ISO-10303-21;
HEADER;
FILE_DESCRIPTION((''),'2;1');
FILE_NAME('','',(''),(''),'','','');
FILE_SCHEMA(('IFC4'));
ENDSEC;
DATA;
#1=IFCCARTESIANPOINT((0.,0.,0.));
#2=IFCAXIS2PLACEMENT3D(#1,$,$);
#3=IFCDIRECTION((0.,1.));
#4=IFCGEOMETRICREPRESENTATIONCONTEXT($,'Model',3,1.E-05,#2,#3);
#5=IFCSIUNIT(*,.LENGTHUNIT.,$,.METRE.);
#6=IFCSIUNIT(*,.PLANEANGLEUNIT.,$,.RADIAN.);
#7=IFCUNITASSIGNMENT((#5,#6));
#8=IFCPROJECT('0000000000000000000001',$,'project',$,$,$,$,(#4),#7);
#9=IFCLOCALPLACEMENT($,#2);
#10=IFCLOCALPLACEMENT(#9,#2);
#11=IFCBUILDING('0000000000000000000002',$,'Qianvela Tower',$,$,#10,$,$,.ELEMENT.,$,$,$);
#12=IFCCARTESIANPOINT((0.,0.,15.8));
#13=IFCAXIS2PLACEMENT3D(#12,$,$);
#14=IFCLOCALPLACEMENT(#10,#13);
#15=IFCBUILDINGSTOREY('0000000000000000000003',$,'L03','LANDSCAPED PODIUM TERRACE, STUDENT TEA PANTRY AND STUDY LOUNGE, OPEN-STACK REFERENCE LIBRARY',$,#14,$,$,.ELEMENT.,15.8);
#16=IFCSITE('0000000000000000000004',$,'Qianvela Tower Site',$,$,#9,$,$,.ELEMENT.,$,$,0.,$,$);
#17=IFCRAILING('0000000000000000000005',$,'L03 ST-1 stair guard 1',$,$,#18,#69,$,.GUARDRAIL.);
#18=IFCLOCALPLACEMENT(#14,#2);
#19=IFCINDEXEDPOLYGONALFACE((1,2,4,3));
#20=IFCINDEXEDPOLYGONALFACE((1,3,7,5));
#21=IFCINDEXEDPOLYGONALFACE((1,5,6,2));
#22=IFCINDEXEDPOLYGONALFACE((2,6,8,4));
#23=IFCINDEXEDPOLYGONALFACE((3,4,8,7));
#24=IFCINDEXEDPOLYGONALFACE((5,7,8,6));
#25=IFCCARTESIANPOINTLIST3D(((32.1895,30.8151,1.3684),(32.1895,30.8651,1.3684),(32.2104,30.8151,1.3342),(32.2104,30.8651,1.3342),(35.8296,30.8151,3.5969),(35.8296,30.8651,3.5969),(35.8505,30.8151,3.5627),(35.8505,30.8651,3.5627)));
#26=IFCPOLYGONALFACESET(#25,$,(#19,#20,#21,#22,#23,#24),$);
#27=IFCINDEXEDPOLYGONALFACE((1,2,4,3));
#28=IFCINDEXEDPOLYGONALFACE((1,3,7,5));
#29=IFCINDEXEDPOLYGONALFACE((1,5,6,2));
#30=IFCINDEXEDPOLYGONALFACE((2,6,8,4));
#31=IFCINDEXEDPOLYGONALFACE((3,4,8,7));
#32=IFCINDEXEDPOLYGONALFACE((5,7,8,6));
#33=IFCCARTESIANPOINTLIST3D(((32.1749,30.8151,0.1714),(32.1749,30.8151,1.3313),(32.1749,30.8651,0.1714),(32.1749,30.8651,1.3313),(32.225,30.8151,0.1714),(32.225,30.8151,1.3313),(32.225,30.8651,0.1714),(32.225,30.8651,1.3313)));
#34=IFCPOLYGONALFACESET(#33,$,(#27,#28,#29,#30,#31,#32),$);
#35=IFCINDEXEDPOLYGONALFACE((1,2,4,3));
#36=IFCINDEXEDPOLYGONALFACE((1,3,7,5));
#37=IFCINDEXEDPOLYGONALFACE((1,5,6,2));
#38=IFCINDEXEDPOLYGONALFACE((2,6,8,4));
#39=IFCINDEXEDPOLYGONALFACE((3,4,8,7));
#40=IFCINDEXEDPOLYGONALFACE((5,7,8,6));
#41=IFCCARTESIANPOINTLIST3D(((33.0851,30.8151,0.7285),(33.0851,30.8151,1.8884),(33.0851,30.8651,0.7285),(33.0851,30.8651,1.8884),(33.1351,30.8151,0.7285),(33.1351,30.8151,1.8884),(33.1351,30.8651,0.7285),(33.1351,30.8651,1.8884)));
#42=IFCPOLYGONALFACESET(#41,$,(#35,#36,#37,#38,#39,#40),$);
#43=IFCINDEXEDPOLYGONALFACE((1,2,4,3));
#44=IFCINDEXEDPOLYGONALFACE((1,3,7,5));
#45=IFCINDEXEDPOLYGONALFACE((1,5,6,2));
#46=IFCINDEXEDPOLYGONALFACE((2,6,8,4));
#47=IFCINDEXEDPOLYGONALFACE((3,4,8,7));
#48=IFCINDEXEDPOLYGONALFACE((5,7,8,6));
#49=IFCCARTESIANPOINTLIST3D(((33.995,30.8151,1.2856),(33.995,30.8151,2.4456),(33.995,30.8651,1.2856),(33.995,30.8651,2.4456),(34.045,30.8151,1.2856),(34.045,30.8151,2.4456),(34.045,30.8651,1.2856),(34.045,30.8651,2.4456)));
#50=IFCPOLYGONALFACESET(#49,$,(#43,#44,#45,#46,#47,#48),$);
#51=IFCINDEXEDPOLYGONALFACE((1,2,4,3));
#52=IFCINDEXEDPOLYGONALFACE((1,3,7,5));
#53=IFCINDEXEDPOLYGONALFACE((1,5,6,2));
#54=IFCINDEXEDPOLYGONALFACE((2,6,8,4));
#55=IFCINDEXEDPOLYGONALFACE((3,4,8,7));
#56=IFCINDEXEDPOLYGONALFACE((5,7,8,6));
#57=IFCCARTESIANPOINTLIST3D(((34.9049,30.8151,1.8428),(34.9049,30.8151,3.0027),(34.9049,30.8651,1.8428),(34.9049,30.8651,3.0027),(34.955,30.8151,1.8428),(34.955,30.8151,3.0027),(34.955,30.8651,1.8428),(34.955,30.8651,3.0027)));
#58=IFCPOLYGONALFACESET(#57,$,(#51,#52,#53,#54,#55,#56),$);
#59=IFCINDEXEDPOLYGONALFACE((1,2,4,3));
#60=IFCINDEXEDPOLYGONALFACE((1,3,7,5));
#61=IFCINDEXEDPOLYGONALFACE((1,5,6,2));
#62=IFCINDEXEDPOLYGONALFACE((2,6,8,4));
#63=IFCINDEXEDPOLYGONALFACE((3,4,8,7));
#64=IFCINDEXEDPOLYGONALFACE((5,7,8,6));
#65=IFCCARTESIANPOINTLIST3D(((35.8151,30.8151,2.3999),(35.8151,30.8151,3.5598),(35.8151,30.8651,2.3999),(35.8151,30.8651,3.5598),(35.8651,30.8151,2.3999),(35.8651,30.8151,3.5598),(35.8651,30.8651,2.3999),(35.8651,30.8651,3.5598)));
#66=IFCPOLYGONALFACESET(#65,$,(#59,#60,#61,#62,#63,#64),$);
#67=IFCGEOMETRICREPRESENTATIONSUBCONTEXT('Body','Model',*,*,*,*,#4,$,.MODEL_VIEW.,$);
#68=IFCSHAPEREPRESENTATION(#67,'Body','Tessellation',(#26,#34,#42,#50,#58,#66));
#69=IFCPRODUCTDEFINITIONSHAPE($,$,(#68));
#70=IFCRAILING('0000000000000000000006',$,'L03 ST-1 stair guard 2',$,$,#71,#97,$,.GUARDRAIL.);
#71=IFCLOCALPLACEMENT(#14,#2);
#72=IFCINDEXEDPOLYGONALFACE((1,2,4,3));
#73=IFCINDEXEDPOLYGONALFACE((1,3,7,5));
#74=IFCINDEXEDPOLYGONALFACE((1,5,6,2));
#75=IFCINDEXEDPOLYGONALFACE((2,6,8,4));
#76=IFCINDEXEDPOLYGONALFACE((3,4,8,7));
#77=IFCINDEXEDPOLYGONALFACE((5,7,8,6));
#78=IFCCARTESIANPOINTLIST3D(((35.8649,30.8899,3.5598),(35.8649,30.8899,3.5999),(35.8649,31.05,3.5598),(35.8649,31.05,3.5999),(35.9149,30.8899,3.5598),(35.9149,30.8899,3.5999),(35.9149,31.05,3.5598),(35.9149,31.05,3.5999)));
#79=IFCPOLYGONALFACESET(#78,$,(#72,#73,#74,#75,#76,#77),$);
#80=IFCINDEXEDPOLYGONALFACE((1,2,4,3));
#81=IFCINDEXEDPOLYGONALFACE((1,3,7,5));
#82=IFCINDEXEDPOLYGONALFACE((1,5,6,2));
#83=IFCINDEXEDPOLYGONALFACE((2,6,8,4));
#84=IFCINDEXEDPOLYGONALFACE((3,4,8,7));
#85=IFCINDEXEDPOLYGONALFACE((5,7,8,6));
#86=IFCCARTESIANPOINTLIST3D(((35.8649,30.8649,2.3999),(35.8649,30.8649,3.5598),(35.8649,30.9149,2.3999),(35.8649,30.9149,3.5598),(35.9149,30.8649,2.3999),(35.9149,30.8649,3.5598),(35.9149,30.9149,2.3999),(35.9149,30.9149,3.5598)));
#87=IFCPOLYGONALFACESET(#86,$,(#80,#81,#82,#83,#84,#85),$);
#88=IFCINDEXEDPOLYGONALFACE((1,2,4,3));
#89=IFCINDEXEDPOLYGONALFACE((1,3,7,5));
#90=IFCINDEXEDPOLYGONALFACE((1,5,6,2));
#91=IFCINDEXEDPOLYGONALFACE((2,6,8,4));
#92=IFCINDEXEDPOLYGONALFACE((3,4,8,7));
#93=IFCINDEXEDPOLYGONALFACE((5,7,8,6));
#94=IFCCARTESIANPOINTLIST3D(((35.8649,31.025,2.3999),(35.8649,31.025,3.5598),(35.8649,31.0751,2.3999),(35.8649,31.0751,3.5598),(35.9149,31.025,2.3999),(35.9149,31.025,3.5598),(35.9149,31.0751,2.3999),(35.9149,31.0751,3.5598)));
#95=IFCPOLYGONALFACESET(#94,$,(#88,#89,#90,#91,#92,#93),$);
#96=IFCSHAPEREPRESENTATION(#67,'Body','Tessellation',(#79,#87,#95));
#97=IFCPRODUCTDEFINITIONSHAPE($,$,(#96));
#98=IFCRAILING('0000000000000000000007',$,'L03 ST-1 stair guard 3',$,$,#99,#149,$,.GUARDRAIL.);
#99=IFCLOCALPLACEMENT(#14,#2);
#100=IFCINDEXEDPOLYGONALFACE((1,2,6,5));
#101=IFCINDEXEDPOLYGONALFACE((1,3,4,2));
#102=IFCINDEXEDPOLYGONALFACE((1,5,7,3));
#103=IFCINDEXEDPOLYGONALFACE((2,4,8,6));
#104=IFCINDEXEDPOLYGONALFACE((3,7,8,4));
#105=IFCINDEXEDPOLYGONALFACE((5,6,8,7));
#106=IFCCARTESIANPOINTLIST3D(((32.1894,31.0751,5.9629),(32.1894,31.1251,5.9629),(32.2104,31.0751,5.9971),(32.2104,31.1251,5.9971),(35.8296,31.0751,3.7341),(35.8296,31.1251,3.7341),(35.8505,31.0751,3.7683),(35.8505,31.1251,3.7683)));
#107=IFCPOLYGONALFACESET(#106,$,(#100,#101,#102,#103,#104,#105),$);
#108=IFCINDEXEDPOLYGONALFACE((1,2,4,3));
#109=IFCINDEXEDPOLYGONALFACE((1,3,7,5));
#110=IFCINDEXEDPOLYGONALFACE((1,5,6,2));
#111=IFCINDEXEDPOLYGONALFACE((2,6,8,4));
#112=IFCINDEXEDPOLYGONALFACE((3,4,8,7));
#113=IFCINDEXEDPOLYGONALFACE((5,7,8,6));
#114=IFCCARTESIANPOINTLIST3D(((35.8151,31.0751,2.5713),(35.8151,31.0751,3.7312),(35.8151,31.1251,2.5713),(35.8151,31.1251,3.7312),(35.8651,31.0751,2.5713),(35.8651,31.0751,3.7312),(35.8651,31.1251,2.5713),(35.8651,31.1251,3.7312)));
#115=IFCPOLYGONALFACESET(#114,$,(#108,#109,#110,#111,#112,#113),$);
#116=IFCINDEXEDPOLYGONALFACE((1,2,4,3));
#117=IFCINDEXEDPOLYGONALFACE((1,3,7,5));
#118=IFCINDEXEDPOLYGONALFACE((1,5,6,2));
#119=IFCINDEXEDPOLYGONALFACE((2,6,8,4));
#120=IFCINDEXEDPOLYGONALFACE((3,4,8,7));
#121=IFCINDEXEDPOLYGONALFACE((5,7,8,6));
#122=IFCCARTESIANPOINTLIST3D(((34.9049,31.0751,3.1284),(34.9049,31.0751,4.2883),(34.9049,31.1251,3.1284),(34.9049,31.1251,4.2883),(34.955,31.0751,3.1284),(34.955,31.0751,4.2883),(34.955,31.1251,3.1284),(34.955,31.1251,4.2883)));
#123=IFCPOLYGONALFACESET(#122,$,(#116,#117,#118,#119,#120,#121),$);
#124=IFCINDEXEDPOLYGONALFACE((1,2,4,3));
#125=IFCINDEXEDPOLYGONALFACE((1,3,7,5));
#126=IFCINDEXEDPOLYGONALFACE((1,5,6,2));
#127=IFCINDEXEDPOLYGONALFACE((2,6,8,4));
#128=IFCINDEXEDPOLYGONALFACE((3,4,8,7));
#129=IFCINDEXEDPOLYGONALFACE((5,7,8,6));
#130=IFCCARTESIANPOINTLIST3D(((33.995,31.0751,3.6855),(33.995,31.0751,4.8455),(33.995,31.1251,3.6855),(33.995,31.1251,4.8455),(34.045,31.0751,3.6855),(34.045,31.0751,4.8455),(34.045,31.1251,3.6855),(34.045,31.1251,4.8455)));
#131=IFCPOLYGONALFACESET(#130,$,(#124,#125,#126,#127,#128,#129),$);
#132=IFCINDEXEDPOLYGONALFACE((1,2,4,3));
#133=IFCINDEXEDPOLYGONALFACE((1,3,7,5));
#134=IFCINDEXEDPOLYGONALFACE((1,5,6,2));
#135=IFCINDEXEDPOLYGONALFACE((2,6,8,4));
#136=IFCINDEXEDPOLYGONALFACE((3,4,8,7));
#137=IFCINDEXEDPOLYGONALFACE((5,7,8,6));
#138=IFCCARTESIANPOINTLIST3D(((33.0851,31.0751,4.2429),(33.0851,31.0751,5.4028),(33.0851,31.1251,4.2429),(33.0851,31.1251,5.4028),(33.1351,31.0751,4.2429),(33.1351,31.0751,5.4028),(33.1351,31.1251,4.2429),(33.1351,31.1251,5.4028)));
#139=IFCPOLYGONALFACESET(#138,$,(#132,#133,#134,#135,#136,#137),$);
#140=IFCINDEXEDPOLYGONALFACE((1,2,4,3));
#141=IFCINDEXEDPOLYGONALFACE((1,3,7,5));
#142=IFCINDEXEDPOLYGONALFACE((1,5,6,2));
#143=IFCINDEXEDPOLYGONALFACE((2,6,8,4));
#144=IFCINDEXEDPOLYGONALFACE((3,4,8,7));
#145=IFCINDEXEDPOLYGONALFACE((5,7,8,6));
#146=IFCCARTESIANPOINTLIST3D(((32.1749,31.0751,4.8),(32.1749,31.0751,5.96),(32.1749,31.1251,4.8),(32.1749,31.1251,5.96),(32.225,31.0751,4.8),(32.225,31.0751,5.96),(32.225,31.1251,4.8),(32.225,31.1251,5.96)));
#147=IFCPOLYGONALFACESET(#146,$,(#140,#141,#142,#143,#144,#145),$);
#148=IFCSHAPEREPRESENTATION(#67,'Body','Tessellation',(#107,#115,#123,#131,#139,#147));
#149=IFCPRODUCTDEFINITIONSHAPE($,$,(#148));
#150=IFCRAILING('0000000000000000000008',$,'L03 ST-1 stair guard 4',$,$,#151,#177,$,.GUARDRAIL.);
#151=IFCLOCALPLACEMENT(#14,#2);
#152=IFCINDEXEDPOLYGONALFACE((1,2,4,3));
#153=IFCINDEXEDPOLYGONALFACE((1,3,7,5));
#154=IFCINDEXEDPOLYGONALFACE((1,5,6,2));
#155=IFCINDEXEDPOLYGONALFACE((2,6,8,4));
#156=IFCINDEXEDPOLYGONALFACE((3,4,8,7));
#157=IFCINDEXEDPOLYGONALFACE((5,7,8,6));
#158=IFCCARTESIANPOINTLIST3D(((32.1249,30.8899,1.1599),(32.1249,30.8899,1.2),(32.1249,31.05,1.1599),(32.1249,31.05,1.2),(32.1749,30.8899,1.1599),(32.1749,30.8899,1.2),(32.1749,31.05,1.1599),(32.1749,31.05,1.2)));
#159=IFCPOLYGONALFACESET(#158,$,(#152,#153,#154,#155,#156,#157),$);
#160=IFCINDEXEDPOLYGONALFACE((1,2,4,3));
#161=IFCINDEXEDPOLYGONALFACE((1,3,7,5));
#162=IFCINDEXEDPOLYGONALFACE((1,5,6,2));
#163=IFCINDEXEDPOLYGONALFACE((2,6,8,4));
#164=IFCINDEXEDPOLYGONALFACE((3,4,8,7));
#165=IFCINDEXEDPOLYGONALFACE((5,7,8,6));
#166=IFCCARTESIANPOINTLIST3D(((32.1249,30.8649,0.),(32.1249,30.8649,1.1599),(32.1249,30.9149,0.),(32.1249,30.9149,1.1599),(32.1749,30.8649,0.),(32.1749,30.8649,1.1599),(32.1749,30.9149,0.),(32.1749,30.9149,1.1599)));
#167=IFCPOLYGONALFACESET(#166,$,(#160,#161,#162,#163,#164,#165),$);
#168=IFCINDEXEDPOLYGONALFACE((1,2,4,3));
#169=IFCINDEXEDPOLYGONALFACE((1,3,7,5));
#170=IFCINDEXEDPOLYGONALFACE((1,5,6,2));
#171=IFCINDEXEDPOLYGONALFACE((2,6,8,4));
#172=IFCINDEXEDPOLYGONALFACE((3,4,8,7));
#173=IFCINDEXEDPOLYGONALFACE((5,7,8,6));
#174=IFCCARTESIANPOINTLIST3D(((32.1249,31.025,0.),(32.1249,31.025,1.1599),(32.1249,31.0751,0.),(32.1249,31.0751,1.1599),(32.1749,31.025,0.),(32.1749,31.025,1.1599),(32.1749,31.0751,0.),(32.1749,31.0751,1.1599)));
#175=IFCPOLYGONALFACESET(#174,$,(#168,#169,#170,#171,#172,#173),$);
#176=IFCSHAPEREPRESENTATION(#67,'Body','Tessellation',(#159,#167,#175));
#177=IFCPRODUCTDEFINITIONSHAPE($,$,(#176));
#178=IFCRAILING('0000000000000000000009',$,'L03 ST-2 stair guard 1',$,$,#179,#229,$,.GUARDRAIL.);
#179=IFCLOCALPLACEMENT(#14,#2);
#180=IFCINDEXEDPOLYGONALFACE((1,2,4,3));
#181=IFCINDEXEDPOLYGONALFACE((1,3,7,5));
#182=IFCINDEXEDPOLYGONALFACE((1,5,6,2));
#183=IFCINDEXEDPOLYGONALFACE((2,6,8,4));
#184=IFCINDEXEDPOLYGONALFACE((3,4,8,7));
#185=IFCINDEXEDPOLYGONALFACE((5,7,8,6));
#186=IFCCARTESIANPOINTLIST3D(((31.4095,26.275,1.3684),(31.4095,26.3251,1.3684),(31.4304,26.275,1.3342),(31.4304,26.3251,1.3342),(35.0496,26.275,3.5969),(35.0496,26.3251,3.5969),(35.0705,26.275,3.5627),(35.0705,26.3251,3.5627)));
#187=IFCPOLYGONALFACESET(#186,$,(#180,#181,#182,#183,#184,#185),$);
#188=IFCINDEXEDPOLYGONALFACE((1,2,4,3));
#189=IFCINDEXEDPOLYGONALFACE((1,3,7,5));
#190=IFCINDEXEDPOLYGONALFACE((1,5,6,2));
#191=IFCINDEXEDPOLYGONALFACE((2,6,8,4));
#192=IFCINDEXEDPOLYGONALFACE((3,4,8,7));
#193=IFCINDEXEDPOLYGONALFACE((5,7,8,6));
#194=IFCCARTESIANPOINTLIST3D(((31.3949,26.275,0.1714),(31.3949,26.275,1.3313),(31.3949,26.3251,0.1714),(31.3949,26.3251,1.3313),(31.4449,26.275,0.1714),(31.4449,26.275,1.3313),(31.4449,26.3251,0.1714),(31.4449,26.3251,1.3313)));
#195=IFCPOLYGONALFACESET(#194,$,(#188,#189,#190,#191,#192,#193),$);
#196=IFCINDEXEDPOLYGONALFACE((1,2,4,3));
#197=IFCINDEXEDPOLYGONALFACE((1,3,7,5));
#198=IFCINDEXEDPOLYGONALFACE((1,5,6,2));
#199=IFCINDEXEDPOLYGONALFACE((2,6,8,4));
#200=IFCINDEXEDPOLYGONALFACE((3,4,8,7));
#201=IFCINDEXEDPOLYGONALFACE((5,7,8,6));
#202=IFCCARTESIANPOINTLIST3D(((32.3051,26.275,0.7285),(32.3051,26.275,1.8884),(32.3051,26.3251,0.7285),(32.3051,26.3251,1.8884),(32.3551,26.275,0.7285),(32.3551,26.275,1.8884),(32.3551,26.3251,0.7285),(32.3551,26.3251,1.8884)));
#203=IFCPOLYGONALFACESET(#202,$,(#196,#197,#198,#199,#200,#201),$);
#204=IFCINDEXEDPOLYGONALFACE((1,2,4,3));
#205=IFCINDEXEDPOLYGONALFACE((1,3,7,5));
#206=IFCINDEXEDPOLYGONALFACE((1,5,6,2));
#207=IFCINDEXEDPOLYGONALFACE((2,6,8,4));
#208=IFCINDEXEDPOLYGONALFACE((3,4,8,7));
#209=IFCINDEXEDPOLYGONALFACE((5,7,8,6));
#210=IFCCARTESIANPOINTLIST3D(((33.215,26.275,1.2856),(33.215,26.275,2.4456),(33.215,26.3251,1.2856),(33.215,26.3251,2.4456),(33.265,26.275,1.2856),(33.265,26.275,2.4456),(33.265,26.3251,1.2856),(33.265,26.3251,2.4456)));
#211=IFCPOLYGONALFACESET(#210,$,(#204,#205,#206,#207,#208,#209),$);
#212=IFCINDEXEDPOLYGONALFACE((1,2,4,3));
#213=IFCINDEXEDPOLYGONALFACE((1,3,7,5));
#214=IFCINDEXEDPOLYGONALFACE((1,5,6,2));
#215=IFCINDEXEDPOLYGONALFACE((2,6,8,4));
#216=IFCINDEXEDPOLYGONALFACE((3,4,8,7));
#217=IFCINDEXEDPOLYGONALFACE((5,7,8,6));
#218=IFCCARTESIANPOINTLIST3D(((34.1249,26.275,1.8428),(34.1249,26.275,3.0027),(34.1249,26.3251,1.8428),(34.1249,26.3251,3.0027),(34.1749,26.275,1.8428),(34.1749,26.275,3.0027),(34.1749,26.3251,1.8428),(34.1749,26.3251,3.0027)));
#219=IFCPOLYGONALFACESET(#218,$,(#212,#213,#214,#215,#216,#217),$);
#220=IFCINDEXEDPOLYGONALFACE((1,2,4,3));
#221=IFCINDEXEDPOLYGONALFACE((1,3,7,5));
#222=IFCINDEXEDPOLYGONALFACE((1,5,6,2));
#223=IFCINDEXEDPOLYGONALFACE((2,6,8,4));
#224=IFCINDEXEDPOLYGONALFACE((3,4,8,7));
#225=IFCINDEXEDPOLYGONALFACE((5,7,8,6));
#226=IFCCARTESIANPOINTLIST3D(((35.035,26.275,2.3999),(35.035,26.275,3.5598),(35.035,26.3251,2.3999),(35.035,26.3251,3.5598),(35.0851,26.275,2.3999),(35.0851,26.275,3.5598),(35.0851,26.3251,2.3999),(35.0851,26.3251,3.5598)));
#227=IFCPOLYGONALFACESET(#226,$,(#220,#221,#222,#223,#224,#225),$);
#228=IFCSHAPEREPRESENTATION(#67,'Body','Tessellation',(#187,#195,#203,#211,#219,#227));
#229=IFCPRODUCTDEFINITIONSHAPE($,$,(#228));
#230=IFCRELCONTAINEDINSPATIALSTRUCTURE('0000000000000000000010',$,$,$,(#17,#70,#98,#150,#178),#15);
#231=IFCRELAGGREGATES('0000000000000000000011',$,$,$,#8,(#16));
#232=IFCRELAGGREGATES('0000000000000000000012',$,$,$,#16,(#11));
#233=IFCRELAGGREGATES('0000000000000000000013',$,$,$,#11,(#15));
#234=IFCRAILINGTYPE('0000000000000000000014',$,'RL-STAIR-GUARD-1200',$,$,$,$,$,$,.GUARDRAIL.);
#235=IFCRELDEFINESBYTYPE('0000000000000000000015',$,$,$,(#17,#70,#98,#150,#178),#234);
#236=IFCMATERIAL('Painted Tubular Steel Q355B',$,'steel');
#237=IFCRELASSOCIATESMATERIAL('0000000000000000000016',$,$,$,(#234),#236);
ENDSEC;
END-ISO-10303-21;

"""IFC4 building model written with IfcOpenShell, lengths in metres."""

from ifc_helpers import new_model, si_unit, direction, frame, origin, origin_2d, place, context, subcontext, project, spatial, rectangle, extrude, material, type_object, element, save


model = new_model("IFC4")

# Units and contexts
model_context = context("Model", 3, precision=1e-05, world=origin(), true_north=direction((0.0, 1.0)))
body_context = subcontext(model_context, "Body", "Model", "MODEL_VIEW")
ifc_project = project(units=[si_unit("LENGTHUNIT", "METRE"), si_unit("PLANEANGLEUNIT", "RADIAN")], contexts=[model_context])

# Site, building, storey
site_placement = place(None, origin())
site = spatial("IfcSite", under=ifc_project, at=site_placement, Name="Qianvela Tower Site", CompositionType="ELEMENT", RefElevation=0.0)
building_placement = place(site_placement, origin())
building = spatial("IfcBuilding", under=site, at=building_placement, Name="Qianvela Tower", CompositionType="ELEMENT")
storey_placement = place(building_placement, frame((0.0, 0.0, 15.8)))
storey = spatial("IfcBuildingStorey", under=building, at=storey_placement, Name="L03", Description="LANDSCAPED PODIUM TERRACE, STUDENT TEA PANTRY AND STUDY LOUNGE, OPEN-STACK REFERENCE LIBRARY", CompositionType="ELEMENT", Elevation=15.8)

# Railings
ifc_material_1 = material(Name="Painted Tubular Steel Q355B", Category="steel")
railing_type_1 = type_object("IfcRailingType", Name="RL-STAIR-GUARD-1200", PredefinedType="GUARDRAIL", material=ifc_material_1)
railing_1_placement = place(storey_placement, frame((32.2, 30.8401, 0.1714)))
element("IfcRailing", 1, at=railing_1_placement, inside=storey, type_object=railing_type_1, Name="L03 ST-1 stair guard 1", PredefinedType="GUARDRAIL", context=body_context, shape_type="SweptSolid", body=[
    extrude(rectangle(XDim=0.05, YDim=0.04, at=origin_2d()), frame((0.0, 0.0, 1.1799), z_axis=(0.852866, 0.0, 0.52213), x_axis=(0.0, 1.0, 0.0)), (0.0, 0.0, 1.0), 4.2681),
    extrude(rectangle(XDim=0.05, YDim=0.05, at=origin_2d()), origin(), (0.0, 0.0, 1.0), 1.1599),
    extrude(rectangle(XDim=0.05, YDim=0.05, at=origin_2d()), frame((0.9102, 0.0, 0.5571)), (0.0, 0.0, 1.0), 1.1599),
    extrude(rectangle(XDim=0.05, YDim=0.05, at=origin_2d()), frame((1.8201, 0.0, 1.1143)), (0.0, 0.0, 1.0), 1.1599),
    extrude(rectangle(XDim=0.05, YDim=0.05, at=origin_2d()), frame((2.73, 0.0, 1.6714)), (0.0, 0.0, 1.0), 1.1599),
    extrude(rectangle(XDim=0.05, YDim=0.05, at=origin_2d()), frame((3.6401, 0.0, 2.2285)), (0.0, 0.0, 1.0), 1.1599),
])
railing_2_placement = place(storey_placement, frame((35.8899, 30.8899, 2.3999)))
element("IfcRailing", 2, at=railing_2_placement, inside=storey, type_object=railing_type_1, Name="L03 ST-1 stair guard 2", PredefinedType="GUARDRAIL", context=body_context, shape_type="SweptSolid", body=[
    extrude(rectangle(XDim=0.05, YDim=0.04, at=origin_2d()), frame((0.0, 0.0, 1.1799), z_axis=(0.0, 1.0, 0.0), x_axis=(-1.0, 0.0, 0.0)), (0.0, 0.0, 1.0), 0.1602),
    extrude(rectangle(XDim=0.05, YDim=0.05, at=origin_2d()), origin(), (0.0, 0.0, 1.0), 1.1599),
    extrude(rectangle(XDim=0.05, YDim=0.05, at=origin_2d()), frame((0.0, 0.1602, 0.0)), (0.0, 0.0, 1.0), 1.1599),
])
railing_3_placement = place(storey_placement, frame((35.8401, 31.1001, 2.5713)))
element("IfcRailing", 3, at=railing_3_placement, inside=storey, type_object=railing_type_1, Name="L03 ST-1 stair guard 3", PredefinedType="GUARDRAIL", context=body_context, shape_type="SweptSolid", body=[
    extrude(rectangle(XDim=0.05, YDim=0.04, at=origin_2d()), frame((0.0, 0.0, 1.1799), z_axis=(-0.85284, 0.0, 0.522172), x_axis=(0.0, -1.0, 0.0)), (0.0, 0.0, 1.0), 4.2683),
    extrude(rectangle(XDim=0.05, YDim=0.05, at=origin_2d()), origin(), (0.0, 0.0, 1.0), 1.1599),
    extrude(rectangle(XDim=0.05, YDim=0.05, at=origin_2d()), frame((-0.9102, 0.0, 0.5571)), (0.0, 0.0, 1.0), 1.1599),
    extrude(rectangle(XDim=0.05, YDim=0.05, at=origin_2d()), frame((-1.8201, 0.0, 1.1143)), (0.0, 0.0, 1.0), 1.1599),
    extrude(rectangle(XDim=0.05, YDim=0.05, at=origin_2d()), frame((-2.73, 0.0, 1.6716)), (0.0, 0.0, 1.0), 1.1599),
    extrude(rectangle(XDim=0.05, YDim=0.05, at=origin_2d()), frame((-3.6401, 0.0, 2.2288)), (0.0, 0.0, 1.0), 1.1599),
])
railing_4_placement = place(storey_placement, frame((32.1499, 30.8899, 0.0)))
element("IfcRailing", 4, at=railing_4_placement, inside=storey, type_object=railing_type_1, Name="L03 ST-1 stair guard 4", PredefinedType="GUARDRAIL", context=body_context, shape_type="SweptSolid", body=[
    extrude(rectangle(XDim=0.05, YDim=0.04, at=origin_2d()), frame((0.0, 0.0, 1.1799), z_axis=(0.0, 1.0, 0.0), x_axis=(-1.0, 0.0, 0.0)), (0.0, 0.0, 1.0), 0.1602),
    extrude(rectangle(XDim=0.05, YDim=0.05, at=origin_2d()), origin(), (0.0, 0.0, 1.0), 1.1599),
    extrude(rectangle(XDim=0.05, YDim=0.05, at=origin_2d()), frame((0.0, 0.1602, 0.0)), (0.0, 0.0, 1.0), 1.1599),
])
railing_5_placement = place(storey_placement, frame((31.4199, 26.3, 0.1714)))
element("IfcRailing", 5, at=railing_5_placement, inside=storey, type_object=railing_type_1, Name="L03 ST-2 stair guard 1", PredefinedType="GUARDRAIL", context=body_context, shape_type="SweptSolid", body=[
    extrude(rectangle(XDim=0.05, YDim=0.04, at=origin_2d()), frame((0.0, 0.0, 1.1799), z_axis=(0.852866, 0.0, 0.52213), x_axis=(0.0, 1.0, 0.0)), (0.0, 0.0, 1.0), 4.2681),
    extrude(rectangle(XDim=0.05, YDim=0.05, at=origin_2d()), origin(), (0.0, 0.0, 1.0), 1.1599),
    extrude(rectangle(XDim=0.05, YDim=0.05, at=origin_2d()), frame((0.9102, 0.0, 0.5571)), (0.0, 0.0, 1.0), 1.1599),
    extrude(rectangle(XDim=0.05, YDim=0.05, at=origin_2d()), frame((1.8201, 0.0, 1.1143)), (0.0, 0.0, 1.0), 1.1599),
    extrude(rectangle(XDim=0.05, YDim=0.05, at=origin_2d()), frame((2.73, 0.0, 1.6714)), (0.0, 0.0, 1.0), 1.1599),
    extrude(rectangle(XDim=0.05, YDim=0.05, at=origin_2d()), frame((3.6401, 0.0, 2.2285)), (0.0, 0.0, 1.0), 1.1599),
])

save(model, "model.ifc")
